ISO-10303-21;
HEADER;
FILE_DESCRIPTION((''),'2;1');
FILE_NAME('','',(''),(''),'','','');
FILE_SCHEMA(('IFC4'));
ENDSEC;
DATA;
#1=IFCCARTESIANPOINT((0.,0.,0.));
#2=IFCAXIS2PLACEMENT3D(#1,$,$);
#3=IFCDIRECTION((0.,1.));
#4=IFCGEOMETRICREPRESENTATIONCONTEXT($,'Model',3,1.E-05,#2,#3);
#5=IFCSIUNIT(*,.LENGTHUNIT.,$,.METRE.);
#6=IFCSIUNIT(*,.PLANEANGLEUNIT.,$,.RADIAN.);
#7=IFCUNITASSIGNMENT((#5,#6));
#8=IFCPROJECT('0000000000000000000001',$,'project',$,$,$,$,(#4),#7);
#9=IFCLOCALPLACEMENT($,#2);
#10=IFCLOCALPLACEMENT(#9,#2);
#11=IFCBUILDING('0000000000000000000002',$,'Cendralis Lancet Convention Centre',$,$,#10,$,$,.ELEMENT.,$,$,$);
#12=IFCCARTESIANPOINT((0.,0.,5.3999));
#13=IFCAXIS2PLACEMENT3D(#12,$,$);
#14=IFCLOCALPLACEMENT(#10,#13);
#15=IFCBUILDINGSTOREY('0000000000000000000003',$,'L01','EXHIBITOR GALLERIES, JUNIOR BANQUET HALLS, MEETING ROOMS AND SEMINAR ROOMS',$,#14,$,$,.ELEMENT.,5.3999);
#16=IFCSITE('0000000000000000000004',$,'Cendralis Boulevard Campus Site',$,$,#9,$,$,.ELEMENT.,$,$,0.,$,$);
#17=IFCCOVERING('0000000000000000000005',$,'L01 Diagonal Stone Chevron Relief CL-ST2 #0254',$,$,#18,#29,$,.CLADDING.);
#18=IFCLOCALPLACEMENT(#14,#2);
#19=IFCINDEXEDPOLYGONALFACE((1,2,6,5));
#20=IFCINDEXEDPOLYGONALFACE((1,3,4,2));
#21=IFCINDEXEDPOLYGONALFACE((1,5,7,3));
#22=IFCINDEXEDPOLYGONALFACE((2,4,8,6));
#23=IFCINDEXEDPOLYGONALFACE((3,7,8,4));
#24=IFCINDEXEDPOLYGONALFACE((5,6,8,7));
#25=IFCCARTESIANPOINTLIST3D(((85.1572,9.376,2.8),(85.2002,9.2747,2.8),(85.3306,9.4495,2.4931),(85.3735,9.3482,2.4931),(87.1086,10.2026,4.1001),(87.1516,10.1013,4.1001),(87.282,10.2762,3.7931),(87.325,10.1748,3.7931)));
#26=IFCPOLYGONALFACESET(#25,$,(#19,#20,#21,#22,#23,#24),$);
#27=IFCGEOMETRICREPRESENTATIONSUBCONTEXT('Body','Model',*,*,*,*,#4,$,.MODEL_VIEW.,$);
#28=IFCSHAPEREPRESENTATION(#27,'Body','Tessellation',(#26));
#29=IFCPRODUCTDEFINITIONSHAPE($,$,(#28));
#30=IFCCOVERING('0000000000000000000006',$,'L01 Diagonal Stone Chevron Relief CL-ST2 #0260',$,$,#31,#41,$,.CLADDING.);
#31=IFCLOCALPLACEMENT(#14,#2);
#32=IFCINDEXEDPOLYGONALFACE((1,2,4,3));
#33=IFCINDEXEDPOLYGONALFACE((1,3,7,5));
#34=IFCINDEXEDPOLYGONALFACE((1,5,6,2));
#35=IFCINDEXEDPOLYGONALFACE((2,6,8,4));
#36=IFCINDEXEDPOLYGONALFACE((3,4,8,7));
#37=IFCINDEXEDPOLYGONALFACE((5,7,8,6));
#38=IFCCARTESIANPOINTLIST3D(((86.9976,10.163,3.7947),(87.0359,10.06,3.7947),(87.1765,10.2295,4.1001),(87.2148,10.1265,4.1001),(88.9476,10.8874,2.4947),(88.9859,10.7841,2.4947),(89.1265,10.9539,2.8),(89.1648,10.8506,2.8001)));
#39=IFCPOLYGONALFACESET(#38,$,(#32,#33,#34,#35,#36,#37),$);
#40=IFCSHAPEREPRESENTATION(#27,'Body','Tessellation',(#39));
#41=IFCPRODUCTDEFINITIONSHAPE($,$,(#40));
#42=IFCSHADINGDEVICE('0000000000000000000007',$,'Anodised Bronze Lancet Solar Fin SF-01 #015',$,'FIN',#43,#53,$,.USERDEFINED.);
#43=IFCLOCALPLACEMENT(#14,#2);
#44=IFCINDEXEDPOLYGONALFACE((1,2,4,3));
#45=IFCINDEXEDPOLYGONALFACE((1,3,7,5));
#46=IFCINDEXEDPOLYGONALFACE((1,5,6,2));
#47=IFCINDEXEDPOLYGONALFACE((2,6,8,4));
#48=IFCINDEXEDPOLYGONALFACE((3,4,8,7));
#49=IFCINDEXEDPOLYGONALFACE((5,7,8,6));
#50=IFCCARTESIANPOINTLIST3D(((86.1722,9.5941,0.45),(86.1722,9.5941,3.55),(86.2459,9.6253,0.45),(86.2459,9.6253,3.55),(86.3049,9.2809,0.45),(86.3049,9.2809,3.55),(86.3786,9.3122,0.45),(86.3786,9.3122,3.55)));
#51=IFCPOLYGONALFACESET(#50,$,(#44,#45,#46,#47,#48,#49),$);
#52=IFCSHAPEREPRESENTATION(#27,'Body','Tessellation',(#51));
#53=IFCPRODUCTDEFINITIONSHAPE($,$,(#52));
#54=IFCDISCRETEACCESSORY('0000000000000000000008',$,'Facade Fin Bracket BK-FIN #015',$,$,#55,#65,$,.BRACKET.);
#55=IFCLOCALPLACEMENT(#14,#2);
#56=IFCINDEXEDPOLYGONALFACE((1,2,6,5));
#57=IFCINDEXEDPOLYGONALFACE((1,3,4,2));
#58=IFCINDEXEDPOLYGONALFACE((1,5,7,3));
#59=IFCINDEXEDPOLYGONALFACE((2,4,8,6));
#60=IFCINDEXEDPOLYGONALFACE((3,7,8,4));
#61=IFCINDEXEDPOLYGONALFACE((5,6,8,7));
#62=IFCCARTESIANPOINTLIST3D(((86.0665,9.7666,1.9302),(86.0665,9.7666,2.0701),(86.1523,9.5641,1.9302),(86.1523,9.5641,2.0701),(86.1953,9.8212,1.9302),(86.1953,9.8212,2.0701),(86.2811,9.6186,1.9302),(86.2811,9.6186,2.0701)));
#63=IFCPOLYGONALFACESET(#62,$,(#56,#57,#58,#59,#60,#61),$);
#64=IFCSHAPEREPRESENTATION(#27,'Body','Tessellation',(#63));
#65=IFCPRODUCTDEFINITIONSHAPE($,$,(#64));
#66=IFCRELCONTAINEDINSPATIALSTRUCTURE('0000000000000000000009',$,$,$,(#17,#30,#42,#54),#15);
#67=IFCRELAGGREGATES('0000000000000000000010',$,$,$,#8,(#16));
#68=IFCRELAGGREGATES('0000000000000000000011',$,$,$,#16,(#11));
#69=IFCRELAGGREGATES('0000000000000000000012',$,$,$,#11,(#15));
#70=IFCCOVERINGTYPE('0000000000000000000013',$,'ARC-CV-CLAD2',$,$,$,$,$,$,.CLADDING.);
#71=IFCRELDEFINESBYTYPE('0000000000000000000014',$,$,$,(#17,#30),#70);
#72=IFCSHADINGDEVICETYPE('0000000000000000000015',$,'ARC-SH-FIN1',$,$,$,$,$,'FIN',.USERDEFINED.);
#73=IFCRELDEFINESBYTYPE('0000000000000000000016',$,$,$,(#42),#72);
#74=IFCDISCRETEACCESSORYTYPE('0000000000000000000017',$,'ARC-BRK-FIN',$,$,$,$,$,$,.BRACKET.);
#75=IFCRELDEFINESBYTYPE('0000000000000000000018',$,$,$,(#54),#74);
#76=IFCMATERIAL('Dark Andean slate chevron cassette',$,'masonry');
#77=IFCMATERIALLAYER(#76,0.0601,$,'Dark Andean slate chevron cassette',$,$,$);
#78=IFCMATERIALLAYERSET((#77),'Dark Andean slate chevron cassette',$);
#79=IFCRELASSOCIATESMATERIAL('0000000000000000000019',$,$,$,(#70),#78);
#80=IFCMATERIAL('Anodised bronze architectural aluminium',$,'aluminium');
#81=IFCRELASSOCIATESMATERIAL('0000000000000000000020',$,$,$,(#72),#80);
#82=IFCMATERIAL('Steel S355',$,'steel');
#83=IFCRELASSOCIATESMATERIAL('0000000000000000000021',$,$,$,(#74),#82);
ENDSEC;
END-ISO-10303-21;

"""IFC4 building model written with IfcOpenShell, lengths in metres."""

from ifc_helpers import new_model, si_unit, direction, frame, origin, origin_2d, place, context, subcontext, project, spatial, polyline, rectangle, outline, extrude, material, layer, layer_set, type_object, element, save


model = new_model("IFC4")

# Units and contexts
model_context = context("Model", 3, precision=1e-05, world=origin(), true_north=direction((0.0, 1.0)))
body_context = subcontext(model_context, "Body", "Model", "MODEL_VIEW")
ifc_project = project(units=[si_unit("LENGTHUNIT", "METRE"), si_unit("PLANEANGLEUNIT", "RADIAN")], contexts=[model_context])

# Site, building, storey
site_placement = place(None, origin())
site = spatial("IfcSite", under=ifc_project, at=site_placement, Name="Cendralis Boulevard Campus Site", CompositionType="ELEMENT", RefElevation=0.0)
building_placement = place(site_placement, origin())
building = spatial("IfcBuilding", under=site, at=building_placement, Name="Cendralis Lancet Convention Centre", CompositionType="ELEMENT")
storey_placement = place(building_placement, frame((0.0, 0.0, 5.3999)))
storey = spatial("IfcBuildingStorey", under=building, at=storey_placement, Name="L01", Description="EXHIBITOR GALLERIES, JUNIOR BANQUET HALLS, MEETING ROOMS AND SEMINAR ROOMS", CompositionType="ELEMENT", Elevation=5.3999)

# Shared definitions
ifc_material_1 = material(Name="Steel S355", Category="steel")

# Shared definitions
ifc_material_2 = material(Name="Dark Andean slate chevron cassette", Category="masonry")

# Coverings
ifc_layer_1 = layer(ifc_material_2, 0.0601, Name="Dark Andean slate chevron cassette")
ifc_layer_set_1 = layer_set([ifc_layer_1], Name="Dark Andean slate chevron cassette")
covering_type_1 = type_object("IfcCoveringType", Name="ARC-CV-CLAD2", PredefinedType="CLADDING", material=ifc_layer_set_1)
covering_1_placement = place(storey_placement, frame((85.2002, 9.2747, 2.8), z_axis=(-0.48139, -0.204156, 0.852399), x_axis=(0.784878, 0.332491, 0.522892)))
element("IfcCovering", 1, at=covering_1_placement, inside=storey, type_object=covering_type_1, Name="L01 Diagonal Stone Chevron Relief CL-ST2 #0254", PredefinedType="CLADDING", context=body_context, shape_type="SweptSolid", body=[
    extrude(outline(polyline([(0.0, 0.0), (2.4863, 0.0), (2.4862, 0.1101), (0.0, 0.1101), (0.0, 0.0)])), origin(), (0.0, 0.0, -1.0), 0.3601),
])
covering_2_placement = place(storey_placement, frame((87.2148, 10.1265, 4.1001), z_axis=(0.496802, 0.184611, 0.848001), x_axis=(0.794957, 0.29521, -0.529994)))
element("IfcCovering", 2, at=covering_2_placement, inside=storey, type_object=covering_type_1, Name="L01 Diagonal Stone Chevron Relief CL-ST2 #0260", PredefinedType="CLADDING", context=body_context, shape_type="SweptSolid", body=[
    extrude(outline(polyline([(0.0, 0.0), (2.4529, 0.0), (2.4529, 0.1102), (-0.0001, 0.1099), (0.0, 0.0)])), origin(), (0.0, 0.0, -1.0), 0.3601),
])

# Shading device
ifc_material_3 = material(Name="Anodised bronze architectural aluminium", Category="aluminium")
shading_device_type = type_object("IfcShadingDeviceType", Name="ARC-SH-FIN1", ElementType="FIN", PredefinedType="USERDEFINED", material=ifc_material_3)
shading_device_placement = place(storey_placement, frame((86.2754, 9.4531, 0.45), z_axis=(0.0, 0.0, 1.0), x_axis=(0.920757, 0.390137, 0.0)))
element("IfcShadingDevice", 3, at=shading_device_placement, inside=storey, type_object=shading_device_type, Name="Anodised Bronze Lancet Solar Fin SF-01 #015", ObjectType="FIN", PredefinedType="USERDEFINED", context=body_context, shape_type="SweptSolid", body=[
    extrude(rectangle(XDim=0.0801, YDim=0.3401, at=origin_2d()), origin(), (0.0, 0.0, 1.0), 3.1001),
])

# Discrete accessory
discrete_accessory_type = type_object("IfcDiscreteAccessoryType", Name="ARC-BRK-FIN", PredefinedType="BRACKET", material=ifc_material_1)
discrete_accessory_placement = place(storey_placement, frame((86.1738, 9.6926, 1.9302), z_axis=(0.0, 0.0, 1.0), x_axis=(0.920757, 0.390137, 0.0)))
element("IfcDiscreteAccessory", 4, at=discrete_accessory_placement, inside=storey, type_object=discrete_accessory_type, Name="Facade Fin Bracket BK-FIN #015", PredefinedType="BRACKET", context=body_context, shape_type="SweptSolid", body=[
    extrude(rectangle(XDim=0.1399, YDim=0.22, at=origin_2d()), origin(), (0.0, 0.0, 1.0), 0.1399),
])

save(model, "model.ifc")
